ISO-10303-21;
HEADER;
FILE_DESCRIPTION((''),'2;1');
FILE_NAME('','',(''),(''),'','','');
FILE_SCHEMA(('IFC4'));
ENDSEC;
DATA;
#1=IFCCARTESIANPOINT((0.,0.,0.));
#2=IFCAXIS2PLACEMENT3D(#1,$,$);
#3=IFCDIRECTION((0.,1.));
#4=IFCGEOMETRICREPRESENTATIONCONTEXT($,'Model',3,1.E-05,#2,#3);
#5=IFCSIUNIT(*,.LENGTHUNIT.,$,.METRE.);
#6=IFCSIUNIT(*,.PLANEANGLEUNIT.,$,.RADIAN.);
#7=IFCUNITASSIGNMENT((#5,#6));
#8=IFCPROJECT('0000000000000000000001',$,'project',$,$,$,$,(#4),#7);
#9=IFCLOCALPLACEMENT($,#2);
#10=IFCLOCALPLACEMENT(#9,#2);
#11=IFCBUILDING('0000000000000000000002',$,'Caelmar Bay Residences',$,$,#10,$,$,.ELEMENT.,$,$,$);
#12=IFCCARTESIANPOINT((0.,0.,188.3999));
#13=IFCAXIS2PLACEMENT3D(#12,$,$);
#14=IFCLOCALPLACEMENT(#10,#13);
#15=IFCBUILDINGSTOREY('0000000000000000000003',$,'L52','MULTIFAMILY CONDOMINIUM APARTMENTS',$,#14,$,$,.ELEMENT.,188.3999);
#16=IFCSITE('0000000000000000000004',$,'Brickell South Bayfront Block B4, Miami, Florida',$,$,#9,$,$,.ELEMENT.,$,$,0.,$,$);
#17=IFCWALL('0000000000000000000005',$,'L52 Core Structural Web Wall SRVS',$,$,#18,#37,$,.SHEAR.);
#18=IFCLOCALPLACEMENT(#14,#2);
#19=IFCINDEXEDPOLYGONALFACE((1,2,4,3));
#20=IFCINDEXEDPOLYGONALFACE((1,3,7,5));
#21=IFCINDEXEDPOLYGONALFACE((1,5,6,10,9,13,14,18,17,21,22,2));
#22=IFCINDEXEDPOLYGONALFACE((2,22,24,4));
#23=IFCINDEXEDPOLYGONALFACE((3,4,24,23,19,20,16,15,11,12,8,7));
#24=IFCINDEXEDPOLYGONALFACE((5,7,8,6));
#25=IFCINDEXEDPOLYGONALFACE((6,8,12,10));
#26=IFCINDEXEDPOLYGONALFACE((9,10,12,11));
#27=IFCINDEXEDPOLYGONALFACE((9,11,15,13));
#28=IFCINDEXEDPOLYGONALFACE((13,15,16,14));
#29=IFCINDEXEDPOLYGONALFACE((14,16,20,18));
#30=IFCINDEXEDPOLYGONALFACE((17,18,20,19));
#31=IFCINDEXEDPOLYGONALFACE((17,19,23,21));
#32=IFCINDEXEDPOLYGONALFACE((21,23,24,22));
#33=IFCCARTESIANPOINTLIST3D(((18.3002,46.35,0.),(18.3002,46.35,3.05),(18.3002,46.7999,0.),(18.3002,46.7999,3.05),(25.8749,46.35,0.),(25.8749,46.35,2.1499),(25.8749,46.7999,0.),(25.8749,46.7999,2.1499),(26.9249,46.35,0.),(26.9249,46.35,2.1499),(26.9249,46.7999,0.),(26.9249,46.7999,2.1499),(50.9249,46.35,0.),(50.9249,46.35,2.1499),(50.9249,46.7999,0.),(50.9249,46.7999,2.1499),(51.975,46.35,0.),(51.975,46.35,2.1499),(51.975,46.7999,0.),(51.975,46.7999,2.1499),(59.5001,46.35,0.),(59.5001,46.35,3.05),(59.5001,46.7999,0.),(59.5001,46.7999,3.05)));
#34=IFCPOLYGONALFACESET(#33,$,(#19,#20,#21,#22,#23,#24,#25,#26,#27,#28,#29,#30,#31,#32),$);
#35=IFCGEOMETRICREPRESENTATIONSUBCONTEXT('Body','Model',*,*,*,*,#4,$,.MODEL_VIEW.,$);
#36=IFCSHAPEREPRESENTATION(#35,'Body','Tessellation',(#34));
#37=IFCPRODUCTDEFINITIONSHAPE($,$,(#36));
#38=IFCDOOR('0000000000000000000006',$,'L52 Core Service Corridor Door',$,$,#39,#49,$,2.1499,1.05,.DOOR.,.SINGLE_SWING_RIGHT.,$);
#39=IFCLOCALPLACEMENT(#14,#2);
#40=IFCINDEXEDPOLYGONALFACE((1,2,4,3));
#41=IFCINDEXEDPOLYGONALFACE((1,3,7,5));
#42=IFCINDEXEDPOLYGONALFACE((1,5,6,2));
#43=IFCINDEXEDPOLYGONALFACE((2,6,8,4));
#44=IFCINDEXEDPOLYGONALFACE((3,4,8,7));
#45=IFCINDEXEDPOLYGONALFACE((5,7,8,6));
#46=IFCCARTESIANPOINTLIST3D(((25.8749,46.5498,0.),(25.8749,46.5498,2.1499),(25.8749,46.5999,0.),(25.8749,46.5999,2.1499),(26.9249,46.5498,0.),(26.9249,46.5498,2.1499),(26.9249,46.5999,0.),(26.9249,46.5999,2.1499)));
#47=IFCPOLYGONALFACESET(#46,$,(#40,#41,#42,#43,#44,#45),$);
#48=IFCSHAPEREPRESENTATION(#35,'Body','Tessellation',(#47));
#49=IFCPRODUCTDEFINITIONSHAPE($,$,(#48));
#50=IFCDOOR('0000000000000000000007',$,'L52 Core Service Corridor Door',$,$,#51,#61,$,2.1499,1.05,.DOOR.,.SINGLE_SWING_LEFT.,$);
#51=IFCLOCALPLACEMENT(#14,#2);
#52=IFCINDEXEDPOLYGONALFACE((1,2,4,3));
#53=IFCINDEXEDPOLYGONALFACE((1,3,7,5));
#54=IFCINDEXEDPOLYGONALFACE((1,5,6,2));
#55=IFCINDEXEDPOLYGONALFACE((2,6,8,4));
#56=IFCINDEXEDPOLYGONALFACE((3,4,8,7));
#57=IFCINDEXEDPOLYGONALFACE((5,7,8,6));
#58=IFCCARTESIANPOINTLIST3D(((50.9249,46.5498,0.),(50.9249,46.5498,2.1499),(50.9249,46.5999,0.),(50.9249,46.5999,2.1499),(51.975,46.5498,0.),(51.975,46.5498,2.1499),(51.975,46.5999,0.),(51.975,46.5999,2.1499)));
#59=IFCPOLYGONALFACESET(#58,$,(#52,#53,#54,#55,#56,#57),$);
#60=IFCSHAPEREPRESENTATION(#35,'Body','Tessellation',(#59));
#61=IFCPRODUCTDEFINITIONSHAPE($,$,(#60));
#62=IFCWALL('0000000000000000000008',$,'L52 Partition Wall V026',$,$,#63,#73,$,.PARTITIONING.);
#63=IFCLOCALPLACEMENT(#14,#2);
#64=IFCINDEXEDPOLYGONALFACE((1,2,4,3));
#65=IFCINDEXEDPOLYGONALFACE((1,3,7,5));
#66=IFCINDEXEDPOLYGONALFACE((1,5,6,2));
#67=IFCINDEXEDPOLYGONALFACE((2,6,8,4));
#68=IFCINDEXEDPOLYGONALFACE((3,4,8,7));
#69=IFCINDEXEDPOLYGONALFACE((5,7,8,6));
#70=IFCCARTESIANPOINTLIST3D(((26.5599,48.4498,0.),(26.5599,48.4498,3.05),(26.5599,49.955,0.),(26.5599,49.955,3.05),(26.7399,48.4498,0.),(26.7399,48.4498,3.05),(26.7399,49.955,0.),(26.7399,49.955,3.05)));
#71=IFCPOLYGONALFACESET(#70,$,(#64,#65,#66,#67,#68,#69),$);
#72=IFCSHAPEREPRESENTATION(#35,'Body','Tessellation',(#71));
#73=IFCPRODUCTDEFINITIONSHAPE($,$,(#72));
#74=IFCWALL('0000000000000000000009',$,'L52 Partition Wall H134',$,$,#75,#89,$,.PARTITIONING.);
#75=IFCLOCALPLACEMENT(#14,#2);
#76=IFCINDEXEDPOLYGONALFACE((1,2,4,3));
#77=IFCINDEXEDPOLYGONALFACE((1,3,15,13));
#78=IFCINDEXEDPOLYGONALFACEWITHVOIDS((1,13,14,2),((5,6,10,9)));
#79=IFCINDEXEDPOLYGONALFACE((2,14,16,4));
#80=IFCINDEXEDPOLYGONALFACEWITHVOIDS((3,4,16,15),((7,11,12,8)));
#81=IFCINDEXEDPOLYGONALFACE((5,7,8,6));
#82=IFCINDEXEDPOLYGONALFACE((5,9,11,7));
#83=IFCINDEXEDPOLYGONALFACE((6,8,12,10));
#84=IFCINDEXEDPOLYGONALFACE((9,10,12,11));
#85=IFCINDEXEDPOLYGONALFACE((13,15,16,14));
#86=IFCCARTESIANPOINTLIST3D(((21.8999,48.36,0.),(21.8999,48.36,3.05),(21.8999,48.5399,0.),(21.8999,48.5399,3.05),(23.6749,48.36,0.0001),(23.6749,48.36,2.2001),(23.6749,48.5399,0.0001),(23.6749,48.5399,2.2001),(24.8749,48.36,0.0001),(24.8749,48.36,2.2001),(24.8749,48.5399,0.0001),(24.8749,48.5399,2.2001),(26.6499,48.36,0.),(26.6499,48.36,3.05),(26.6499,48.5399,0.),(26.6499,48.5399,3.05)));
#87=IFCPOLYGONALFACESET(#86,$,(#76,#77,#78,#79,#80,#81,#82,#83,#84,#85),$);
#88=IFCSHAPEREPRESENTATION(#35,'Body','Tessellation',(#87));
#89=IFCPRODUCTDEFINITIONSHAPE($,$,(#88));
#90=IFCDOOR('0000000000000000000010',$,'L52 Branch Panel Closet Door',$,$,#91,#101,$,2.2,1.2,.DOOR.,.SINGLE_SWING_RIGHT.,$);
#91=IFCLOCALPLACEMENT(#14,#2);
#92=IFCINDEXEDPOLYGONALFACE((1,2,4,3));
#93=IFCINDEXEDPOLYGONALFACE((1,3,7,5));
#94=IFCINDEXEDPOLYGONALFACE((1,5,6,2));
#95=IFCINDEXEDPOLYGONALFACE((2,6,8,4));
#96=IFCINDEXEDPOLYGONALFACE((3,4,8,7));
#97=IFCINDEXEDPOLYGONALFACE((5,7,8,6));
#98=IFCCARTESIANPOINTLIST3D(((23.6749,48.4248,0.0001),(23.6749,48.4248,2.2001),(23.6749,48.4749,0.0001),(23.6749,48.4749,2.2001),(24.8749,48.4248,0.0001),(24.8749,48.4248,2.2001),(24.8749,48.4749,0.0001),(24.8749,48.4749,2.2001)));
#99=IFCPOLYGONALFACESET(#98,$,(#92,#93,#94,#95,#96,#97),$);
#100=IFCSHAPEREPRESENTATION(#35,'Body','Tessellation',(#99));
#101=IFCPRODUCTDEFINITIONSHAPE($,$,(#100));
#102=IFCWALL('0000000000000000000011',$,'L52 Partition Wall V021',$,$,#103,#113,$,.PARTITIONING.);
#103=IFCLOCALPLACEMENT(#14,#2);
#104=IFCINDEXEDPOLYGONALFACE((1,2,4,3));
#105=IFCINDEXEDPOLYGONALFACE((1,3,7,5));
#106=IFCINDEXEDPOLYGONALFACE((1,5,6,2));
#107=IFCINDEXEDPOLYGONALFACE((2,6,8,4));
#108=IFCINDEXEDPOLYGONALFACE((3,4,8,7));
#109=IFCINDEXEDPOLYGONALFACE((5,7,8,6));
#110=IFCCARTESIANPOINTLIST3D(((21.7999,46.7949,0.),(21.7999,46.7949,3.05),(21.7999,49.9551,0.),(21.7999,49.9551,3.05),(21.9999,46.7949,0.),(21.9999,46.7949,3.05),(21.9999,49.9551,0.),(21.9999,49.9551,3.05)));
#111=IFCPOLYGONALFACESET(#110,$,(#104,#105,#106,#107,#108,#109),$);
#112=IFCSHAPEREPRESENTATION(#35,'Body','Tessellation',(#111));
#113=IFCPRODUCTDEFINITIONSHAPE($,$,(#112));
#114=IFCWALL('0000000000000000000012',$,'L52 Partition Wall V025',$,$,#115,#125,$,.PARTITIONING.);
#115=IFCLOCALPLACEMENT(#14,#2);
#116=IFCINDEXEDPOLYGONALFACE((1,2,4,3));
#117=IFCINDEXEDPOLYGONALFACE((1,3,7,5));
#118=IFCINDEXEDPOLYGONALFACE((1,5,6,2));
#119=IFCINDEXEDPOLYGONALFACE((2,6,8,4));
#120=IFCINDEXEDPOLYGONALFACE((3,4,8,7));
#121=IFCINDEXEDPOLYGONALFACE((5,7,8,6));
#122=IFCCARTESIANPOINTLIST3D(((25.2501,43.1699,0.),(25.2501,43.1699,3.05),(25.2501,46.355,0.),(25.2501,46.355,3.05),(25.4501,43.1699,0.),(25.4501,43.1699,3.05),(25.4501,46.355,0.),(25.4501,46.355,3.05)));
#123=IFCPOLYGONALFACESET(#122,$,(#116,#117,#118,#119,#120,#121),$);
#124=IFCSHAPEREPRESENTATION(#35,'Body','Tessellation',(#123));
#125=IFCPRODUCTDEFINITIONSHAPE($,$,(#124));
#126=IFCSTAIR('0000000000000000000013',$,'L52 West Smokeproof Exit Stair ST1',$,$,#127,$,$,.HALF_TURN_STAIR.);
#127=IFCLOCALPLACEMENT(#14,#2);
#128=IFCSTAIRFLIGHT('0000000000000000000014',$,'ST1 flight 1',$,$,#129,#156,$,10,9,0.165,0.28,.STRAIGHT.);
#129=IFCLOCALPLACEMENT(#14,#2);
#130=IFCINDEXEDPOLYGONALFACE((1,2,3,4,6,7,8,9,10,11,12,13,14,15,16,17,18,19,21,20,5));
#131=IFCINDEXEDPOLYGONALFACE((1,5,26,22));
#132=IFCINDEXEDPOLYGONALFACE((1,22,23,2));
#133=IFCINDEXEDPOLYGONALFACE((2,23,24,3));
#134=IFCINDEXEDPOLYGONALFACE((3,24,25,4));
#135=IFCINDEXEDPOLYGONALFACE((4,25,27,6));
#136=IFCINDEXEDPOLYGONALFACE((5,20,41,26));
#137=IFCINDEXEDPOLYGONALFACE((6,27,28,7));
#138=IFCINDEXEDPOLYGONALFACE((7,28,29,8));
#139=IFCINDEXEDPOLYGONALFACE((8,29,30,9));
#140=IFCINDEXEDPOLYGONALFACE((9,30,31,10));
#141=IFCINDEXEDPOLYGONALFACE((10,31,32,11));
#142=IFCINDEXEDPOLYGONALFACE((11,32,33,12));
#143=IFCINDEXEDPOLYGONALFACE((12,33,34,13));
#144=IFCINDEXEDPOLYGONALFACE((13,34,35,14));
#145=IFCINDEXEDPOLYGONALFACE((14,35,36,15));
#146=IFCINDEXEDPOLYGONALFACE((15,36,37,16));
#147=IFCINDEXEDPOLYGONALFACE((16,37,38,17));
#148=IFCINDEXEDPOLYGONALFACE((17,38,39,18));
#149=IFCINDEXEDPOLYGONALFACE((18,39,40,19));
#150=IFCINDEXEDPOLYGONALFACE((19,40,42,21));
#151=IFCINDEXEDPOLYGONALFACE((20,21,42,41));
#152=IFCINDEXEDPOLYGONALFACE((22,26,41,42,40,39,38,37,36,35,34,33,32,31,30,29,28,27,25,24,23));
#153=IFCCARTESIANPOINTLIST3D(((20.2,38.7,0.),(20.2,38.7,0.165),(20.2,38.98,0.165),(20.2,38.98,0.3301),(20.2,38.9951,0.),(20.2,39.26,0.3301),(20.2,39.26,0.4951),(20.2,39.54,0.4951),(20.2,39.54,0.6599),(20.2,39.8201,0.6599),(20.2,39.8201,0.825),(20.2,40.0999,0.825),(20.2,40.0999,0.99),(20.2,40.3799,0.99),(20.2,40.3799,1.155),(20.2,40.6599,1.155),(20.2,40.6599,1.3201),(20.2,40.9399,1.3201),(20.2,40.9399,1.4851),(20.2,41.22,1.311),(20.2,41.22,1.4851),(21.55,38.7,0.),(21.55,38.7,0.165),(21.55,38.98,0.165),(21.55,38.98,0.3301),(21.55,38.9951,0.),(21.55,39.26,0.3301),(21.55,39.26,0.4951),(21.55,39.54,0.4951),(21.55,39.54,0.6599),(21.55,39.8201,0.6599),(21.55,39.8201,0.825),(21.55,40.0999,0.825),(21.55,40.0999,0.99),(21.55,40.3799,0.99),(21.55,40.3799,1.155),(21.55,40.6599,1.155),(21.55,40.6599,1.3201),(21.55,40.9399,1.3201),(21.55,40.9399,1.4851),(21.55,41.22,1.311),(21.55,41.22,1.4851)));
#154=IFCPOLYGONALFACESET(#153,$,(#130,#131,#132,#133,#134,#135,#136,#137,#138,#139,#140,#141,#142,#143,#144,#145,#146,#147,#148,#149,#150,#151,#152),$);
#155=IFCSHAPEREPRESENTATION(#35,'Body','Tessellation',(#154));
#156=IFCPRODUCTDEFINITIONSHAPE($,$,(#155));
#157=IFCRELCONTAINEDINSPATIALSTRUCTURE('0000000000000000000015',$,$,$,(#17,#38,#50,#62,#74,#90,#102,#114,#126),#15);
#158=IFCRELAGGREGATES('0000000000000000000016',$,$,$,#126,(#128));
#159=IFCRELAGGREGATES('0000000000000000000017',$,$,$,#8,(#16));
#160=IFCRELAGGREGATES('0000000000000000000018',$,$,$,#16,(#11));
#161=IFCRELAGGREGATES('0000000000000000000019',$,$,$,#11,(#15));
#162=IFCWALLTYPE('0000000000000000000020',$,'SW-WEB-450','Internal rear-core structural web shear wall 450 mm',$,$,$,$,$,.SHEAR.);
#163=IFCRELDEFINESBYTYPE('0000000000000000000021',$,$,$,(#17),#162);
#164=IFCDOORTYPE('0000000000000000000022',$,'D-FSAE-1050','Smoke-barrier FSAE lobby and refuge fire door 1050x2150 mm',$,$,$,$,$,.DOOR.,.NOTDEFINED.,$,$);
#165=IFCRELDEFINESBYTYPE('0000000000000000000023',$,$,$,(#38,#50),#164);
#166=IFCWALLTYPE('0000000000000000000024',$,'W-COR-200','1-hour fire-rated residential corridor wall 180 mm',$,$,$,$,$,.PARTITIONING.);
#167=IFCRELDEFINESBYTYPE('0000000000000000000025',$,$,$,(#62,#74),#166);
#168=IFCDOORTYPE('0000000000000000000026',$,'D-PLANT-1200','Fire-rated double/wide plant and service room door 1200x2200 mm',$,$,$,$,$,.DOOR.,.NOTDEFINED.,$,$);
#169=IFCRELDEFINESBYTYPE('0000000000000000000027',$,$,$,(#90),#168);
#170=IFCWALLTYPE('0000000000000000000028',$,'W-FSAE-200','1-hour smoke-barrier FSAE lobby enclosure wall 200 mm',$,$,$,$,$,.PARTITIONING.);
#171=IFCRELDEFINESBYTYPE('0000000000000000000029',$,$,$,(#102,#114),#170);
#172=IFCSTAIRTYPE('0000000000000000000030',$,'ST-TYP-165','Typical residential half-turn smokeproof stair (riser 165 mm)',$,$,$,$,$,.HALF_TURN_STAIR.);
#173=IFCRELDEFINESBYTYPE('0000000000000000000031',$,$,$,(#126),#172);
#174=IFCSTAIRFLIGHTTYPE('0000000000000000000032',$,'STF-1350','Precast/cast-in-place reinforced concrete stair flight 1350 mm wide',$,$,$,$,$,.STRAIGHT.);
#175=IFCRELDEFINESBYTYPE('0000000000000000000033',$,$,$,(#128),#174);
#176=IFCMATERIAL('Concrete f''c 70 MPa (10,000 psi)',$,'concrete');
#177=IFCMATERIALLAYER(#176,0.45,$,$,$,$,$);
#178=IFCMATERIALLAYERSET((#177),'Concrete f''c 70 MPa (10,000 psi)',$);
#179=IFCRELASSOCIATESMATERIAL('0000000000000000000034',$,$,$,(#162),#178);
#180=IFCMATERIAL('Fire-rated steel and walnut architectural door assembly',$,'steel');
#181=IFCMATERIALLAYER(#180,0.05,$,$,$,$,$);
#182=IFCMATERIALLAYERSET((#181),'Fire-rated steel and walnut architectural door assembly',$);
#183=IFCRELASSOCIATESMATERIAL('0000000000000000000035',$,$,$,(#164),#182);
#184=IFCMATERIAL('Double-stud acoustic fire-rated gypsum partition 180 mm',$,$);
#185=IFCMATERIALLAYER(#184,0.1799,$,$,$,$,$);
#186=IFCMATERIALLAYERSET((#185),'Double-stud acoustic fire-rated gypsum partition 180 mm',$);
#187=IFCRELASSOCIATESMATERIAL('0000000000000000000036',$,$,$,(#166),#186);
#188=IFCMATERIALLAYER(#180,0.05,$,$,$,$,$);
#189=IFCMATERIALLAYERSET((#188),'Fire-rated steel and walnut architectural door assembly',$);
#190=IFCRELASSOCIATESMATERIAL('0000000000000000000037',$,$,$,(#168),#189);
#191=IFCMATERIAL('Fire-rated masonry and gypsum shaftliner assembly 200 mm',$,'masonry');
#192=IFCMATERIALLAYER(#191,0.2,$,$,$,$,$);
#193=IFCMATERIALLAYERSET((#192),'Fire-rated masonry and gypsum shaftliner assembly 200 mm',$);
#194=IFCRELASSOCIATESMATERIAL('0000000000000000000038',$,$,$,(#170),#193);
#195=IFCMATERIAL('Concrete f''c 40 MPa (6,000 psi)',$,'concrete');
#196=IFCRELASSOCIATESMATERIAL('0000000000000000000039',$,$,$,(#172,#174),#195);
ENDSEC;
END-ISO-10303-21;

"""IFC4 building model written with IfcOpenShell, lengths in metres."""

from ifc_helpers import new_model, si_unit, direction, frame, frame_2d, origin, place, context, subcontext, project, spatial, polyline, rectangle, outline, extrude, material, layer, layer_set, type_object, element, fill, aggregate, save


model = new_model("IFC4")

# Units and contexts
model_context = context("Model", 3, precision=1e-05, world=origin(), true_north=direction((0.0, 1.0)))
body_context = subcontext(model_context, "Body", "Model", "MODEL_VIEW")
ifc_project = project(units=[si_unit("LENGTHUNIT", "METRE"), si_unit("PLANEANGLEUNIT", "RADIAN")], contexts=[model_context])

# Site, building, storey
site_placement = place(None, origin())
site = spatial("IfcSite", under=ifc_project, at=site_placement, Name="Brickell South Bayfront Block B4, Miami, Florida", CompositionType="ELEMENT", RefElevation=0.0)
building_placement = place(site_placement, origin())
building = spatial("IfcBuilding", under=site, at=building_placement, Name="Caelmar Bay Residences", CompositionType="ELEMENT")
storey_placement = place(building_placement, frame((0.0, 0.0, 188.3999)))
storey = spatial("IfcBuildingStorey", under=building, at=storey_placement, Name="L52", Description="MULTIFAMILY CONDOMINIUM APARTMENTS", CompositionType="ELEMENT", Elevation=188.3999)

# Wall, openings, doors
ifc_material_1 = material(Name="Concrete f'c 70 MPa (10,000 psi)", Category="concrete")
ifc_layer_1 = layer(ifc_material_1, 0.45)
ifc_layer_set_1 = layer_set([ifc_layer_1], Name="Concrete f'c 70 MPa (10,000 psi)")
wall_type_1 = type_object("IfcWallType", Name="SW-WEB-450", Description="Internal rear-core structural web shear wall 450 mm", PredefinedType="SHEAR", material=ifc_layer_set_1)
ifc_material_2 = material(Name="Fire-rated steel and walnut architectural door assembly", Category="steel")
ifc_layer_2 = layer(ifc_material_2, 0.05)
ifc_layer_set_2 = layer_set([ifc_layer_2], Name="Fire-rated steel and walnut architectural door assembly")
door_type_1 = type_object("IfcDoorType", Name="D-FSAE-1050", Description="Smoke-barrier FSAE lobby and refuge fire door 1050x2150 mm", OperationType="NOTDEFINED", PredefinedType="DOOR", material=ifc_layer_set_2)
wall_1_placement = place(storey_placement, frame((18.3, 46.575, 0.0), z_axis=(0.0, 0.0, 1.0), x_axis=(1.0, 0.0, 0.0)))
wall_1 = element("IfcWall", 1, at=wall_1_placement, inside=storey, type_object=wall_type_1, Name="L52 Core Structural Web Wall SRVS", PredefinedType="SHEAR", context=body_context, shape_type="SweptSolid", body=[
    extrude(rectangle(XDim=41.2, YDim=0.45, at=frame_2d((20.6001, 0.0))), origin(), (0.0, 0.0, 1.0), 3.05),
])
opening_1_placement = place(wall_1_placement, frame((7.575, 0.0, 0.0)))
opening_1 = element("IfcOpeningElement", 2, at=opening_1_placement, cuts=wall_1, PredefinedType="OPENING", context=body_context, shape_type="SweptSolid", body=[
    extrude(rectangle(XDim=1.05, YDim=2.1499, at=frame_2d((0.5249, 1.075))), frame((0.0, 0.2349, 0.0), z_axis=(0.0, -1.0, 0.0), x_axis=(1.0, 0.0, 0.0)), (0.0, 0.0, 1.0), 0.47),
])
opening_2_placement = place(wall_1_placement, frame((32.625, 0.0, 0.0)))
opening_2 = element("IfcOpeningElement", 3, at=opening_2_placement, cuts=wall_1, PredefinedType="OPENING", context=body_context, shape_type="SweptSolid", body=[
    extrude(rectangle(XDim=1.05, YDim=2.1499, at=frame_2d((0.5249, 1.075))), frame((0.0, 0.2349, 0.0), z_axis=(0.0, -1.0, 0.0), x_axis=(1.0, 0.0, 0.0)), (0.0, 0.0, 1.0), 0.47),
])
door_1_placement = place(opening_1_placement, origin())
door_1 = element("IfcDoor", 4, at=door_1_placement, inside=storey, type_object=door_type_1, Name="L52 Core Service Corridor Door", OperationType="SINGLE_SWING_RIGHT", OverallHeight=2.1499, OverallWidth=1.05, PredefinedType="DOOR", context=body_context, shape_type="SweptSolid", body=[
    extrude(rectangle(XDim=1.05, YDim=2.1499, at=frame_2d((0.5249, 1.075))), frame((0.0, 0.0249, 0.0), z_axis=(0.0, -1.0, 0.0), x_axis=(1.0, 0.0, 0.0)), (0.0, 0.0, 1.0), 0.05),
])
fill(opening_1, door_1)
door_2_placement = place(opening_2_placement, origin())
door_2 = element("IfcDoor", 5, at=door_2_placement, inside=storey, type_object=door_type_1, Name="L52 Core Service Corridor Door", OperationType="SINGLE_SWING_LEFT", OverallHeight=2.1499, OverallWidth=1.05, PredefinedType="DOOR", context=body_context, shape_type="SweptSolid", body=[
    extrude(rectangle(XDim=1.05, YDim=2.1499, at=frame_2d((0.5249, 1.075))), frame((0.0, 0.0249, 0.0), z_axis=(0.0, -1.0, 0.0), x_axis=(1.0, 0.0, 0.0)), (0.0, 0.0, 1.0), 0.05),
])
fill(opening_2, door_2)

# Wall
ifc_material_3 = material(Name="Double-stud acoustic fire-rated gypsum partition 180 mm")
ifc_layer_3 = layer(ifc_material_3, 0.1799)
ifc_layer_set_3 = layer_set([ifc_layer_3], Name="Double-stud acoustic fire-rated gypsum partition 180 mm")
wall_type_2 = type_object("IfcWallType", Name="W-COR-200", Description="1-hour fire-rated residential corridor wall 180 mm", PredefinedType="PARTITIONING", material=ifc_layer_set_3)
wall_2_placement = place(storey_placement, frame((26.6499, 48.45, 0.0), z_axis=(0.0, 0.0, 1.0), x_axis=(0.0, 1.0, 0.0)))
element("IfcWall", 6, at=wall_2_placement, inside=storey, type_object=wall_type_2, Name="L52 Partition Wall V026", PredefinedType="PARTITIONING", context=body_context, shape_type="SweptSolid", body=[
    extrude(rectangle(XDim=1.5051, YDim=0.1799, at=frame_2d((0.7524, 0.0))), origin(), (0.0, 0.0, 1.0), 3.05),
])

# Wall, opening, door
wall_3_placement = place(storey_placement, frame((21.8999, 48.45, 0.0), z_axis=(0.0, 0.0, 1.0), x_axis=(1.0, 0.0, 0.0)))
wall_3 = element("IfcWall", 7, at=wall_3_placement, inside=storey, type_object=wall_type_2, Name="L52 Partition Wall H134", PredefinedType="PARTITIONING", context=body_context, shape_type="SweptSolid", body=[
    extrude(rectangle(XDim=4.75, YDim=0.1799, at=frame_2d((2.375, 0.0))), origin(), (0.0, 0.0, 1.0), 3.05),
])
opening_3_placement = place(wall_3_placement, frame((1.7749, 0.0, 0.0)))
opening_3 = element("IfcOpeningElement", 8, at=opening_3_placement, cuts=wall_3, PredefinedType="OPENING", context=body_context, shape_type="SweptSolid", body=[
    extrude(rectangle(XDim=1.2, YDim=2.2, at=frame_2d((0.6001, 1.1001))), frame((0.0, 0.0999, 0.0), z_axis=(0.0, -1.0, 0.0), x_axis=(1.0, 0.0, 0.0)), (0.0, 0.0, 1.0), 0.2),
])
ifc_layer_4 = layer(ifc_material_2, 0.05)
ifc_layer_set_4 = layer_set([ifc_layer_4], Name="Fire-rated steel and walnut architectural door assembly")
door_type_2 = type_object("IfcDoorType", Name="D-PLANT-1200", Description="Fire-rated double/wide plant and service room door 1200x2200 mm", OperationType="NOTDEFINED", PredefinedType="DOOR", material=ifc_layer_set_4)
door_3_placement = place(opening_3_placement, origin())
door_3 = element("IfcDoor", 9, at=door_3_placement, inside=storey, type_object=door_type_2, Name="L52 Branch Panel Closet Door", OperationType="SINGLE_SWING_RIGHT", OverallHeight=2.2, OverallWidth=1.2, PredefinedType="DOOR", context=body_context, shape_type="SweptSolid", body=[
    extrude(rectangle(XDim=1.2, YDim=2.2, at=frame_2d((0.6001, 1.1001))), frame((0.0, 0.0249, 0.0), z_axis=(0.0, -1.0, 0.0), x_axis=(1.0, 0.0, 0.0)), (0.0, 0.0, 1.0), 0.05),
])
fill(opening_3, door_3)

# Walls
ifc_material_4 = material(Name="Fire-rated masonry and gypsum shaftliner assembly 200 mm", Category="masonry")
ifc_layer_5 = layer(ifc_material_4, 0.2)
ifc_layer_set_5 = layer_set([ifc_layer_5], Name="Fire-rated masonry and gypsum shaftliner assembly 200 mm")
wall_type_3 = type_object("IfcWallType", Name="W-FSAE-200", Description="1-hour smoke-barrier FSAE lobby enclosure wall 200 mm", PredefinedType="PARTITIONING", material=ifc_layer_set_5)
wall_4_placement = place(storey_placement, frame((21.8999, 46.7949, 0.0), z_axis=(0.0, 0.0, 1.0), x_axis=(0.0, 1.0, 0.0)))
element("IfcWall", 10, at=wall_4_placement, inside=storey, type_object=wall_type_3, Name="L52 Partition Wall V021", PredefinedType="PARTITIONING", context=body_context, shape_type="SweptSolid", body=[
    extrude(rectangle(XDim=3.1602, YDim=0.2, at=frame_2d((1.5801, 0.0))), origin(), (0.0, 0.0, 1.0), 3.05),
])
wall_5_placement = place(storey_placement, frame((25.3501, 43.1699, 0.0), z_axis=(0.0, 0.0, 1.0), x_axis=(0.0, 1.0, 0.0)))
element("IfcWall", 11, at=wall_5_placement, inside=storey, type_object=wall_type_3, Name="L52 Partition Wall V025", PredefinedType="PARTITIONING", context=body_context, shape_type="SweptSolid", body=[
    extrude(rectangle(XDim=3.1851, YDim=0.2, at=frame_2d((1.5925, 0.0))), origin(), (0.0, 0.0, 1.0), 3.05),
])

# Stair, stair flight
ifc_material_5 = material(Name="Concrete f'c 40 MPa (6,000 psi)", Category="concrete")
stair_type = type_object("IfcStairType", Name="ST-TYP-165", Description="Typical residential half-turn smokeproof stair (riser 165 mm)", PredefinedType="HALF_TURN_STAIR", material=ifc_material_5)
stair_placement = place(storey_placement, origin())
stair = element("IfcStair", 12, at=stair_placement, inside=storey, type_object=stair_type, Name="L52 West Smokeproof Exit Stair ST1", PredefinedType="HALF_TURN_STAIR")
stair_flight_type = type_object("IfcStairFlightType", Name="STF-1350", Description="Precast/cast-in-place reinforced concrete stair flight 1350 mm wide", PredefinedType="STRAIGHT", material=ifc_material_5)
stair_flight_1_placement = place(storey_placement, frame((20.875, 38.7, 0.0), z_axis=(0.0, 0.0, 1.0), x_axis=(0.0, 1.0, 0.0)))
stair_flight_1 = element("IfcStairFlight", 13, at=stair_flight_1_placement, type_object=stair_flight_type, Name="ST1 flight 1", NumberOfRisers=10, NumberOfTreads=9, PredefinedType="STRAIGHT", RiserHeight=0.165, TreadLength=0.28, context=body_context, shape_type="SweptSolid", body=[
    extrude(outline(polyline([(0.0, 0.0), (0.0, 0.165), (0.28, 0.165), (0.28, 0.3301), (0.5601, 0.3301), (0.5601, 0.4951), (0.8401, 0.4951), (0.8401, 0.6599), (1.1201, 0.6599), (1.1201, 0.825), (1.3999, 0.825), (1.3999, 0.99), (1.6799, 0.99), (1.6799, 1.155), (1.96, 1.155), (1.96, 1.3201), (2.24, 1.3201), (2.24, 1.4851), (2.52, 1.4851), (2.52, 1.6499), (2.52, 1.311), (0.2952, 0.0), (0.0, 0.0)])), frame((0.0, 0.675, 0.0), z_axis=(0.0, -1.0, 0.0), x_axis=(1.0, 0.0, 0.0)), (0.0, 0.0, 1.0), 1.3501),
])
aggregate(stair, [stair_flight_1])

save(model, "model.ifc")
